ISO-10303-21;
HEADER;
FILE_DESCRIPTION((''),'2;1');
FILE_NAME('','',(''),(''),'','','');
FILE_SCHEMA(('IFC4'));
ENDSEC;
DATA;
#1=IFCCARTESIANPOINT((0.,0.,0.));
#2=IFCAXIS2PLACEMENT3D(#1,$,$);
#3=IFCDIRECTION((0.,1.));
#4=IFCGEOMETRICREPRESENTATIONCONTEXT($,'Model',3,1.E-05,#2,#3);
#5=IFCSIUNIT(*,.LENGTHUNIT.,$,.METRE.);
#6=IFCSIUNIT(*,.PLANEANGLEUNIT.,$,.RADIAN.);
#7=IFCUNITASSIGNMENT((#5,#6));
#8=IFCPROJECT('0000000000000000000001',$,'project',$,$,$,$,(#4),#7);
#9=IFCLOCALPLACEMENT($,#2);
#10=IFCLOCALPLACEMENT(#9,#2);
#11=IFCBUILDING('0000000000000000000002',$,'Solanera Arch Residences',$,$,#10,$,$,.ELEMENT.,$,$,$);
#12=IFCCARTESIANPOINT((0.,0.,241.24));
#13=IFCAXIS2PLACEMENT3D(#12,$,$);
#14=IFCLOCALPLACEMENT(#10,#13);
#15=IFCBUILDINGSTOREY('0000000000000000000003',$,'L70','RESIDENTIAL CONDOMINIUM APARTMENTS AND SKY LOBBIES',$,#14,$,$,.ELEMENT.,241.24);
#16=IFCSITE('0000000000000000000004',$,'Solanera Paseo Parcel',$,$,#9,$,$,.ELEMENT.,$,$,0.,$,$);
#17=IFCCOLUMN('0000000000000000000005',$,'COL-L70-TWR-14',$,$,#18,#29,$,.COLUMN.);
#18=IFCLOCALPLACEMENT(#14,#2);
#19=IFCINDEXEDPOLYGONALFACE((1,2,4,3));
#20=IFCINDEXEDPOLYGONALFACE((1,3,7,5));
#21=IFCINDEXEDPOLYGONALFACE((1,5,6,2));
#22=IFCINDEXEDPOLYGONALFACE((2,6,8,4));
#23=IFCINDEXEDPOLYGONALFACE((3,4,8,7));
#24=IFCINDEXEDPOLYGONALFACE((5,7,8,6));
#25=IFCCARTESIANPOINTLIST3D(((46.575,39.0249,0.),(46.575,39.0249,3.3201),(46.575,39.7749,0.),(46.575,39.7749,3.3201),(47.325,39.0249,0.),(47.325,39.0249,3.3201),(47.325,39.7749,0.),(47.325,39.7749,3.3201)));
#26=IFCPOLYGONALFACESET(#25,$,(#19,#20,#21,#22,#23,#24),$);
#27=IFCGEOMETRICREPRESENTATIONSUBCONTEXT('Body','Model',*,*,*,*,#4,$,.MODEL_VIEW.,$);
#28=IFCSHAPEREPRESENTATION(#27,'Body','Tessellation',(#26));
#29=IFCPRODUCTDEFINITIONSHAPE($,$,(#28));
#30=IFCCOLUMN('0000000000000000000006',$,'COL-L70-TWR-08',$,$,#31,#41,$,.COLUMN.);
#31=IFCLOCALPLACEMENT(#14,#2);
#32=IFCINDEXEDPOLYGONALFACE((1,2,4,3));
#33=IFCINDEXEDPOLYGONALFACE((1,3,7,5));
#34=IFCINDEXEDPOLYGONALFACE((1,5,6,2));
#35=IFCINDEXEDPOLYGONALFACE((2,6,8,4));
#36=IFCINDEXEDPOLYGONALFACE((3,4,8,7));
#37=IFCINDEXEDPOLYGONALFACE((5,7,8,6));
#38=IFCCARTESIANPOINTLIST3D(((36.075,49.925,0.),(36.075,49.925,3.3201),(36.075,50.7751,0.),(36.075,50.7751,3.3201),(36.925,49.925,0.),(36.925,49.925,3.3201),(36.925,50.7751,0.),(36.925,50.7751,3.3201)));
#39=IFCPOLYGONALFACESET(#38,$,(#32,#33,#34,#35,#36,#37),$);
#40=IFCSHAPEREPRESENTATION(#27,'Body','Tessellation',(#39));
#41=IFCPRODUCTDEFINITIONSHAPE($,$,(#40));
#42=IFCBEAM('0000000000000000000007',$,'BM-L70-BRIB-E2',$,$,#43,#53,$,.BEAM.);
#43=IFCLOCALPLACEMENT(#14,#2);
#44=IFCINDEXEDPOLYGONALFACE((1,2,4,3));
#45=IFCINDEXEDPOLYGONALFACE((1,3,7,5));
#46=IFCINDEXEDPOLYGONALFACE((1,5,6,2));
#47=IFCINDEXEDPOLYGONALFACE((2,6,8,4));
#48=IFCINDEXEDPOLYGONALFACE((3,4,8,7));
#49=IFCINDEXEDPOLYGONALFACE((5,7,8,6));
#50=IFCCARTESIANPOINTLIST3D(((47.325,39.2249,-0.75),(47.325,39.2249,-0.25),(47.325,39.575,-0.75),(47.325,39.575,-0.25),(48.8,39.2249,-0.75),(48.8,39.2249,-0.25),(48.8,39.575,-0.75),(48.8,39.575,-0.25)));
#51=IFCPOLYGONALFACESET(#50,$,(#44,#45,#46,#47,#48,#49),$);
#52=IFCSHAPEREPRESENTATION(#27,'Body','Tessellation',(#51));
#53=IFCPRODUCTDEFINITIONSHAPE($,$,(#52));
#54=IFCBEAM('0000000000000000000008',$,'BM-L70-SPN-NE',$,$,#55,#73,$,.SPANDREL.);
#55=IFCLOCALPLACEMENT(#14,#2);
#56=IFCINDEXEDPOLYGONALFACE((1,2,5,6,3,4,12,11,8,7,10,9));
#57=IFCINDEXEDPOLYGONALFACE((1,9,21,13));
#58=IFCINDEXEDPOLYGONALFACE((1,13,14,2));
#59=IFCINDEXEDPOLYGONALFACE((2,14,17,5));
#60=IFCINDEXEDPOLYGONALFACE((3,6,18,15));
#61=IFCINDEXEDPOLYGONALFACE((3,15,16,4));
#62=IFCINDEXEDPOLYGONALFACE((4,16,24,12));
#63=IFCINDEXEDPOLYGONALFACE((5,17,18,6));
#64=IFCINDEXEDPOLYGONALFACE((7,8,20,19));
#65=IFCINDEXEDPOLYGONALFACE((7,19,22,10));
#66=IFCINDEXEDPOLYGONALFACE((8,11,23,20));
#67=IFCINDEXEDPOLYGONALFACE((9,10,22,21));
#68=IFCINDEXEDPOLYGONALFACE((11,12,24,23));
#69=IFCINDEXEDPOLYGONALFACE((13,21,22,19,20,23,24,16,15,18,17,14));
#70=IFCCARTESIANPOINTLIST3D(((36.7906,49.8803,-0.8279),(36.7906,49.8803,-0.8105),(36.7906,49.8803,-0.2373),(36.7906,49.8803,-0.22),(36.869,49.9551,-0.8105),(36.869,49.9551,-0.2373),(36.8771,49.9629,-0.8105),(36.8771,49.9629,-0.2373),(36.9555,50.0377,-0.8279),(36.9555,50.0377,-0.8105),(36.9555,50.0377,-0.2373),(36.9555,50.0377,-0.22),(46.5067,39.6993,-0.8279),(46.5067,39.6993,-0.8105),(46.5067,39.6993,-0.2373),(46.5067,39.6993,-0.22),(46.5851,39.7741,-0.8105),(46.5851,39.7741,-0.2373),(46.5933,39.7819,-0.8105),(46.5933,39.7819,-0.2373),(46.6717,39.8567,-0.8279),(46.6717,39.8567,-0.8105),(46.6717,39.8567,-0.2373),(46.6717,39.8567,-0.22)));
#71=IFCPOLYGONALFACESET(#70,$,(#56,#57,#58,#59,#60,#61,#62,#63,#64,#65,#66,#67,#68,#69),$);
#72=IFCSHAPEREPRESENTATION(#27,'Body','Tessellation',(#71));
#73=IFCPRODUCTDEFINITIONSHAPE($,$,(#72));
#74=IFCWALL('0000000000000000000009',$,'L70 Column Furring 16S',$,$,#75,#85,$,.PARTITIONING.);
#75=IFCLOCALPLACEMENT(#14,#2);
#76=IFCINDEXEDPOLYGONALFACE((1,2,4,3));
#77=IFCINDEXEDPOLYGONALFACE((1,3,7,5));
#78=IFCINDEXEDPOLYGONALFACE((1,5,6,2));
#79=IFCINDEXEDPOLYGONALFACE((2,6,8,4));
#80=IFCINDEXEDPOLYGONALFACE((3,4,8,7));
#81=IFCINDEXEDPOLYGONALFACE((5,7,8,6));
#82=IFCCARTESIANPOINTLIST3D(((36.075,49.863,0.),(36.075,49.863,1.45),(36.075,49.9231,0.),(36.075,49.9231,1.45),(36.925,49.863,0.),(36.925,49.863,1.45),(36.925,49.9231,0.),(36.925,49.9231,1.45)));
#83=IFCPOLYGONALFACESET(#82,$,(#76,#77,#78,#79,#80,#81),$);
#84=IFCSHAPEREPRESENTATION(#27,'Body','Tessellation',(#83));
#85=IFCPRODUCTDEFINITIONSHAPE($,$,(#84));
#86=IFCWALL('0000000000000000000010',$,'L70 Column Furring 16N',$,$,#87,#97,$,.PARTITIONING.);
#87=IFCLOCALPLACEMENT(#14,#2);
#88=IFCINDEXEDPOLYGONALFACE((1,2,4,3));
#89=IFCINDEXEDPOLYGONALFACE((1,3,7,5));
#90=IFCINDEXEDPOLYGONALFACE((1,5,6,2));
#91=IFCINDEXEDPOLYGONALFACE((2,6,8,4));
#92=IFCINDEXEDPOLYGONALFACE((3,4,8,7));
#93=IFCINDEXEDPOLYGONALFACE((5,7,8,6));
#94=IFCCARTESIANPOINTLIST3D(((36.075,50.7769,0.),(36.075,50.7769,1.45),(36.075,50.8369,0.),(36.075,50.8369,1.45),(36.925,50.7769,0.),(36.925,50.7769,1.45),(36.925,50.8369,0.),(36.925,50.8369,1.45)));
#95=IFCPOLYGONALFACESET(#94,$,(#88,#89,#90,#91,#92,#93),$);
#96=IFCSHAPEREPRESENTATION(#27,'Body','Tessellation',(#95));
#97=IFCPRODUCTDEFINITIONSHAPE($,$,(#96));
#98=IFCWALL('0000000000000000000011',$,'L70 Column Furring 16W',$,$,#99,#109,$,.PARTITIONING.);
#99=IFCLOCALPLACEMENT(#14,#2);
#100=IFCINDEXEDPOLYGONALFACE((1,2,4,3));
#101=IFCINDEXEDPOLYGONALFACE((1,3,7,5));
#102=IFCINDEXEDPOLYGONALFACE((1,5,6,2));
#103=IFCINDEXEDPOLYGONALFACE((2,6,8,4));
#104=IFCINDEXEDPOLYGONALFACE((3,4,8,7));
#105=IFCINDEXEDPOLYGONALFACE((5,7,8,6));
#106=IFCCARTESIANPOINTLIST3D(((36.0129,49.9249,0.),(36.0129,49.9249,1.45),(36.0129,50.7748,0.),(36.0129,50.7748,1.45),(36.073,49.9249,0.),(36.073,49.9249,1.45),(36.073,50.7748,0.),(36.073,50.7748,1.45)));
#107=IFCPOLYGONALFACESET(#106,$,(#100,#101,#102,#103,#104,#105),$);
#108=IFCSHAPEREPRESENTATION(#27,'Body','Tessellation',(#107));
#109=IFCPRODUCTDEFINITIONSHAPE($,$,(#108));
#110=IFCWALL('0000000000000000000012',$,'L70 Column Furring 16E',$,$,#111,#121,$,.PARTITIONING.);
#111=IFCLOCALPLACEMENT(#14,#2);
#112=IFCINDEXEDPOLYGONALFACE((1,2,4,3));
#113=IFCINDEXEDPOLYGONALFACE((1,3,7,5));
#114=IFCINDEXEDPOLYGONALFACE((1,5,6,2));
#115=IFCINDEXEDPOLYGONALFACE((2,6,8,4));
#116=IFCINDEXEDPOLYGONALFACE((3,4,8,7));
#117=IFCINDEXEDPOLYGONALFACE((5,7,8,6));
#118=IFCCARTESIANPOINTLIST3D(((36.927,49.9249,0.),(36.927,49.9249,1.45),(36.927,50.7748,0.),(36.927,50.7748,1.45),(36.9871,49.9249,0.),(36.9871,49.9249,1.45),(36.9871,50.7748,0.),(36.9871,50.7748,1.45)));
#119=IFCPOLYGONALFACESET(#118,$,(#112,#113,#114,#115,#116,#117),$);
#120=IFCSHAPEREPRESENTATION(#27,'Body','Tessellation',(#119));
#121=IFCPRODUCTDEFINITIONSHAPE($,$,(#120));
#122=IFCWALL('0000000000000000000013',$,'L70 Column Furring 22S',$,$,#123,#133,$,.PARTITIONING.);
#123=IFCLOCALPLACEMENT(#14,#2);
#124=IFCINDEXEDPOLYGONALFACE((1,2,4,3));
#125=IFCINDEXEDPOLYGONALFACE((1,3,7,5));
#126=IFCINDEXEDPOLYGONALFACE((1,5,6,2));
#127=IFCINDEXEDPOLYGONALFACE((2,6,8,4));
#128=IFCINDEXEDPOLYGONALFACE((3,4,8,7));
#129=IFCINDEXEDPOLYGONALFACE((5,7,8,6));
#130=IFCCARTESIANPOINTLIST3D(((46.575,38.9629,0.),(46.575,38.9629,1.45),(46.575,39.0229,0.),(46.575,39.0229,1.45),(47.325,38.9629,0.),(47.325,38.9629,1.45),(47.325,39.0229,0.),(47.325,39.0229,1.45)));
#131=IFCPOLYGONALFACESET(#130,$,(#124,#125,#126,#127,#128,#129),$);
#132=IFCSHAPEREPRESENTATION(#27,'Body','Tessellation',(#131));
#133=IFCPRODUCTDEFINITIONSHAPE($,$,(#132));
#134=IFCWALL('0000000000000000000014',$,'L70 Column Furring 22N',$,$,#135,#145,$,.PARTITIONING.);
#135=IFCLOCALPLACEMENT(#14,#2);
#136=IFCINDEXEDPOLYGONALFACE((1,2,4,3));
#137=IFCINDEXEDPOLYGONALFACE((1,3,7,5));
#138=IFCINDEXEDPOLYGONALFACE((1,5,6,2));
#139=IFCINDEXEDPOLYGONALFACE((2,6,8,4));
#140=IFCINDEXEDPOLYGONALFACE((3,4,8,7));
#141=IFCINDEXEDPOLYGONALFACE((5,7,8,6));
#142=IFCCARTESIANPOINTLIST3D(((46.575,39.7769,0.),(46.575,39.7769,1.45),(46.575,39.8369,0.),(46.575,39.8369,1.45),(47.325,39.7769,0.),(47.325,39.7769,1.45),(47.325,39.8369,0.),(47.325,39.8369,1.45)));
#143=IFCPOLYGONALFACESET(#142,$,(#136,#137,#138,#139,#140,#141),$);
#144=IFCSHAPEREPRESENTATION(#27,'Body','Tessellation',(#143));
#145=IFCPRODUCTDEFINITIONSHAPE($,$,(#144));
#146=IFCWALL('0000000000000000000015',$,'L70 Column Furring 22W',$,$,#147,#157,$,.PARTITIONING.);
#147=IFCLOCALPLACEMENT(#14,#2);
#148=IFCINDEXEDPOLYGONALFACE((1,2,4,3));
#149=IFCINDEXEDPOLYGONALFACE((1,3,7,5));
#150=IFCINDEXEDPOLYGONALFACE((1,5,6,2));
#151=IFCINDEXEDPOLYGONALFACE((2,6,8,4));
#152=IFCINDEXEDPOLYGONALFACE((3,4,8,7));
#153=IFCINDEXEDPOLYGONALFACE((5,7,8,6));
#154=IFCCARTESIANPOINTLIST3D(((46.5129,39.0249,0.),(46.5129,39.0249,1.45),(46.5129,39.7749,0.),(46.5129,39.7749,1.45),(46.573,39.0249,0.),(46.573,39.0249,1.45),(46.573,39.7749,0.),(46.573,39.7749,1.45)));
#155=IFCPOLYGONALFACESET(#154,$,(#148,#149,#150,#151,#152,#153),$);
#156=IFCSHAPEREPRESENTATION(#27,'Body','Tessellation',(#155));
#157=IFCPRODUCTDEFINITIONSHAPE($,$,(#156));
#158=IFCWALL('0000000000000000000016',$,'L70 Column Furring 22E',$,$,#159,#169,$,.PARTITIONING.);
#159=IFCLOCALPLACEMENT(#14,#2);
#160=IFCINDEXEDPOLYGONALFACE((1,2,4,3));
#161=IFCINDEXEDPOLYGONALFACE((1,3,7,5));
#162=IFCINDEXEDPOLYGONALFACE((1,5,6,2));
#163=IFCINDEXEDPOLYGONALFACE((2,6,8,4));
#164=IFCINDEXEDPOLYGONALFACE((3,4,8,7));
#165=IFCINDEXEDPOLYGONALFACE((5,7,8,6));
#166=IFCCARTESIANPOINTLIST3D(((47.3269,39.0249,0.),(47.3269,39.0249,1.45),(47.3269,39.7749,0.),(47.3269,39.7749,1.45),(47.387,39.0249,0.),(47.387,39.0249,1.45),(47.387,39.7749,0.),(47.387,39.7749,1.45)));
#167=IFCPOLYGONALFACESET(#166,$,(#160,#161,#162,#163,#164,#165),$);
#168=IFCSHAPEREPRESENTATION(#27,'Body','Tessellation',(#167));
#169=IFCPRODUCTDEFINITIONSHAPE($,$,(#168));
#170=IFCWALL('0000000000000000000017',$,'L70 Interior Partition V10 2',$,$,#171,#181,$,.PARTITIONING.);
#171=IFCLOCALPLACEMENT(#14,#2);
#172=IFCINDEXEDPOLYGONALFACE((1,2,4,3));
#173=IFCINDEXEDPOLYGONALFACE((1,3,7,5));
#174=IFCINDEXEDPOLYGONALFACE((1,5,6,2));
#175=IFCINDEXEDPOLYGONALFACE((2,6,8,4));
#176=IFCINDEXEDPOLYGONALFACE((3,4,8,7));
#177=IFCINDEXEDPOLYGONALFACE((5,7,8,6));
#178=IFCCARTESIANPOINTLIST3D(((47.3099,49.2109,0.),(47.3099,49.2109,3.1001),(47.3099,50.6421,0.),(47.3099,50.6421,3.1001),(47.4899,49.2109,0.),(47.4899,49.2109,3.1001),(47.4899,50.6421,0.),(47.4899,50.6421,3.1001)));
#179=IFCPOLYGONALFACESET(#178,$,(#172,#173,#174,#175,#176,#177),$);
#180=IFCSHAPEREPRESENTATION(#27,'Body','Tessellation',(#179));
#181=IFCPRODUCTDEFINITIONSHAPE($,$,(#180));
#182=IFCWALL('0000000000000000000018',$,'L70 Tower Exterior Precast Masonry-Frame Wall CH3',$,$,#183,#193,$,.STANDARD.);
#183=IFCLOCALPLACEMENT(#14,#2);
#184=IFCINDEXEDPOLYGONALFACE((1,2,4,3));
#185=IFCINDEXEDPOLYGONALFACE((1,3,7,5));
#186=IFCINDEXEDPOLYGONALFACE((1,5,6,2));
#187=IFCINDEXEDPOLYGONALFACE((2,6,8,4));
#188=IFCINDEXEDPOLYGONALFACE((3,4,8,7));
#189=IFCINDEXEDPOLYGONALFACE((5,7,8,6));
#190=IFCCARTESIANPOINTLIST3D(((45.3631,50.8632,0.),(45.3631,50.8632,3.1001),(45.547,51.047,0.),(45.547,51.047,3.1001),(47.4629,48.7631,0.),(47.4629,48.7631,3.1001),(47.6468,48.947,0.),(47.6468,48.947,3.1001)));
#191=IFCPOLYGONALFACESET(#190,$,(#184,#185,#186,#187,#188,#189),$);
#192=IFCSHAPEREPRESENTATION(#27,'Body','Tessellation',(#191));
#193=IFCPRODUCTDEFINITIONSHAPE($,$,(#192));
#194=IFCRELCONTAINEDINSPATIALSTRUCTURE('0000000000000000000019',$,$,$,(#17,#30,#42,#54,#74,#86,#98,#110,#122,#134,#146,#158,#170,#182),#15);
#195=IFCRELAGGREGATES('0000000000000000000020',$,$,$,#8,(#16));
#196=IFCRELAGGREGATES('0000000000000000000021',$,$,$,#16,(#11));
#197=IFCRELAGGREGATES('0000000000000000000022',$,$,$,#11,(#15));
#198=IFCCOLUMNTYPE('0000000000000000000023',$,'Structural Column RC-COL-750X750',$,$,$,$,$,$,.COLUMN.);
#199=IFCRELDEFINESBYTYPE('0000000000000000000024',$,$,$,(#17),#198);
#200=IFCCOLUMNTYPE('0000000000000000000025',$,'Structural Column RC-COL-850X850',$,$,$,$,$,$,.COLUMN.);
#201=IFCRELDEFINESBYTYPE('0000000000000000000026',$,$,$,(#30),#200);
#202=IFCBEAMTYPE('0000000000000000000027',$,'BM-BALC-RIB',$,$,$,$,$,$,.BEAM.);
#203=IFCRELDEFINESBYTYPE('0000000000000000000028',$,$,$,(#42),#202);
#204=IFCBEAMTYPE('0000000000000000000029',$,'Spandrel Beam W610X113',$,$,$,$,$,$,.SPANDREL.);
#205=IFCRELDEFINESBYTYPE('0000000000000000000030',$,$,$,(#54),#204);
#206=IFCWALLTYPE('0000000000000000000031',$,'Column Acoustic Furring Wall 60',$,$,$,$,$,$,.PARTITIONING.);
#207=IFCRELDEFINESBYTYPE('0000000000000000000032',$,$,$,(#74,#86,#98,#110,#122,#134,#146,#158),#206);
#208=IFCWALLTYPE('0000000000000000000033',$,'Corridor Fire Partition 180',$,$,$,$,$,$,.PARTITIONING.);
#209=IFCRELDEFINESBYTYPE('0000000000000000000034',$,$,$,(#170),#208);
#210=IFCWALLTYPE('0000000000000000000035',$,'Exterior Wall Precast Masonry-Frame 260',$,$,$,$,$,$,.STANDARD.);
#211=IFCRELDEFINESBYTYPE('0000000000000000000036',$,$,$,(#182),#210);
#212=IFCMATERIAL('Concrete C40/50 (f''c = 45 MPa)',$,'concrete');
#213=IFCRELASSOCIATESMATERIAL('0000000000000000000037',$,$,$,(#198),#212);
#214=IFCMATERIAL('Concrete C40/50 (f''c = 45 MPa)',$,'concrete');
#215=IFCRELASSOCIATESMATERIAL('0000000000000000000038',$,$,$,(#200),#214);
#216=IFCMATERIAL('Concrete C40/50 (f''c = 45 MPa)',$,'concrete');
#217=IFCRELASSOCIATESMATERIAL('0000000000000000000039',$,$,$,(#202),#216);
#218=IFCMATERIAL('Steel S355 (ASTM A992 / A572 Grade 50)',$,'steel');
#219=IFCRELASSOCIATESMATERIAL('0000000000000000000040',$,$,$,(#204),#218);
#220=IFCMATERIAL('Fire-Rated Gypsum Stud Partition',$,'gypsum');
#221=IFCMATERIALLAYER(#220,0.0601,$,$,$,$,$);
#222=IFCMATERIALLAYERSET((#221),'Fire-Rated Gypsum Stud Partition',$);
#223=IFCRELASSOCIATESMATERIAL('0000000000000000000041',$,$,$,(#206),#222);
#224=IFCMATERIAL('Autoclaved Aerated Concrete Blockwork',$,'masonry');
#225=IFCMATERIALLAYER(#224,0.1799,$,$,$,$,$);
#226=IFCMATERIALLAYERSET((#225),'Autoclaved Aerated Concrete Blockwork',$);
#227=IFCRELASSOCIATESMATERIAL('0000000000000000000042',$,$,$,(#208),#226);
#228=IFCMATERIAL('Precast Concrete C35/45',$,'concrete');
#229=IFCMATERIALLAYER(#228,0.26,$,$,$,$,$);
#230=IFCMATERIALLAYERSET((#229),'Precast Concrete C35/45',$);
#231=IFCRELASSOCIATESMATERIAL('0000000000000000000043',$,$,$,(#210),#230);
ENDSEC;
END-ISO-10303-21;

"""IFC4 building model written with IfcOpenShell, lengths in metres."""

from ifc_helpers import new_model, si_unit, direction, frame, frame_2d, origin, origin_2d, place, context, subcontext, project, spatial, rectangle, i_section, extrude, material, layer, layer_set, material_profile, profile_set, type_object, element, save


model = new_model("IFC4")

# Units and contexts
model_context = context("Model", 3, precision=1e-05, world=origin(), true_north=direction((0.0, 1.0)))
body_context = subcontext(model_context, "Body", "Model", "MODEL_VIEW")
ifc_project = project(units=[si_unit("LENGTHUNIT", "METRE"), si_unit("PLANEANGLEUNIT", "RADIAN")], contexts=[model_context])

# Site, building, storey
site_placement = place(None, origin())
site = spatial("IfcSite", under=ifc_project, at=site_placement, Name="Solanera Paseo Parcel", CompositionType="ELEMENT", RefElevation=0.0)
building_placement = place(site_placement, origin())
building = spatial("IfcBuilding", under=site, at=building_placement, Name="Solanera Arch Residences", CompositionType="ELEMENT")
storey_placement = place(building_placement, frame((0.0, 0.0, 241.24)))
storey = spatial("IfcBuildingStorey", under=building, at=storey_placement, Name="L70", Description="RESIDENTIAL CONDOMINIUM APARTMENTS AND SKY LOBBIES", CompositionType="ELEMENT", Elevation=241.24)

# Columns
ifc_material_1 = material(Name="Concrete C40/50 (f'c = 45 MPa)", Category="concrete")
ifc_material_profile_1 = material_profile(ifc_material_1, rectangle(XDim=0.75, YDim=0.75, at=origin_2d()))
ifc_profile_set_1 = profile_set([ifc_material_profile_1], Name="Concrete C40/50 (f'c = 45 MPa)")
column_type_1 = type_object("IfcColumnType", Name="Structural Column RC-COL-750X750", PredefinedType="COLUMN", material=ifc_profile_set_1)
column_1_placement = place(storey_placement, frame((46.95, 39.3999, 0.0), z_axis=(0.0, 0.0, 1.0), x_axis=(1.0, 0.0, 0.0)))
element("IfcColumn", 1, at=column_1_placement, inside=storey, type_object=column_type_1, Name="COL-L70-TWR-14", PredefinedType="COLUMN", context=body_context, shape_type="SweptSolid", body=[
    extrude(rectangle(XDim=0.75, YDim=0.75, at=origin_2d()), origin(), (0.0, 0.0, 1.0), 3.3201),
])
ifc_material_2 = material(Name="Concrete C40/50 (f'c = 45 MPa)", Category="concrete")
ifc_material_profile_2 = material_profile(ifc_material_2, rectangle(XDim=0.8501, YDim=0.8501, at=origin_2d()))
ifc_profile_set_2 = profile_set([ifc_material_profile_2], Name="Concrete C40/50 (f'c = 45 MPa)")
column_type_2 = type_object("IfcColumnType", Name="Structural Column RC-COL-850X850", PredefinedType="COLUMN", material=ifc_profile_set_2)
column_2_placement = place(storey_placement, frame((36.5, 50.3501, 0.0), z_axis=(0.0, 0.0, 1.0), x_axis=(1.0, 0.0, 0.0)))
element("IfcColumn", 2, at=column_2_placement, inside=storey, type_object=column_type_2, Name="COL-L70-TWR-08", PredefinedType="COLUMN", context=body_context, shape_type="SweptSolid", body=[
    extrude(rectangle(XDim=0.8501, YDim=0.8501, at=origin_2d()), origin(), (0.0, 0.0, 1.0), 3.3201),
])

# Beams
ifc_material_3 = material(Name="Concrete C40/50 (f'c = 45 MPa)", Category="concrete")
ifc_material_profile_3 = material_profile(ifc_material_3, rectangle(XDim=0.3501, YDim=0.5, at=origin_2d()))
ifc_profile_set_3 = profile_set([ifc_material_profile_3], Name="Concrete C40/50 (f'c = 45 MPa)")
beam_type_1 = type_object("IfcBeamType", Name="BM-BALC-RIB", PredefinedType="BEAM", material=ifc_profile_set_3)
beam_1_placement = place(storey_placement, frame((47.325, 39.3999, -0.5), z_axis=(1.0, 0.0, 0.0), x_axis=(0.0, 1.0, 0.0)))
element("IfcBeam", 3, at=beam_1_placement, inside=storey, type_object=beam_type_1, Name="BM-L70-BRIB-E2", PredefinedType="BEAM", context=body_context, shape_type="SweptSolid", body=[
    extrude(rectangle(XDim=0.3501, YDim=0.5, at=origin_2d()), origin(), (0.0, 0.0, 1.0), 1.4751),
])
ifc_material_4 = material(Name="Steel S355 (ASTM A992 / A572 Grade 50)", Category="steel")
ifc_material_profile_4 = material_profile(ifc_material_4, i_section(OverallWidth=0.228, OverallDepth=0.6079, WebThickness=0.0112, FlangeThickness=0.0173, at=origin_2d()))
ifc_profile_set_4 = profile_set([ifc_material_profile_4], Name="Steel S355 (ASTM A992 / A572 Grade 50)")
beam_type_2 = type_object("IfcBeamType", Name="Spandrel Beam W610X113", PredefinedType="SPANDREL", material=ifc_profile_set_4)
beam_2_placement = place(storey_placement, frame((36.873, 49.959, -0.5239), z_axis=(0.690399, -0.723429, 0.0), x_axis=(0.723429, 0.690399, 0.0)))
element("IfcBeam", 4, at=beam_2_placement, inside=storey, type_object=beam_type_2, Name="BM-L70-SPN-NE", PredefinedType="SPANDREL", context=body_context, shape_type="SweptSolid", body=[
    extrude(i_section(OverallWidth=0.228, OverallDepth=0.6079, WebThickness=0.0112, FlangeThickness=0.0173, at=origin_2d()), origin(), (0.0, 0.0, 1.0), 14.0732),
])

# Walls
ifc_material_5 = material(Name="Fire-Rated Gypsum Stud Partition", Category="gypsum")
ifc_layer_1 = layer(ifc_material_5, 0.0601)
ifc_layer_set_1 = layer_set([ifc_layer_1], Name="Fire-Rated Gypsum Stud Partition")
wall_type_1 = type_object("IfcWallType", Name="Column Acoustic Furring Wall 60", PredefinedType="PARTITIONING", material=ifc_layer_set_1)
for number, where, z_axis, x_axis, name in (
    (5, (36.075, 49.8931, 0.0), (0.0, 0.0, 1.0), (1.0, 0.0, 0.0), "L70 Column Furring 16S"),
    (6, (36.075, 50.8069, 0.0), (0.0, 0.0, 1.0), (1.0, 0.0, 0.0), "L70 Column Furring 16N"),
):
    element("IfcWall", number, at=place(storey_placement, frame(where, z_axis=z_axis, x_axis=x_axis)), inside=storey, type_object=wall_type_1, Name=name, PredefinedType="PARTITIONING", context=body_context, shape_type="SweptSolid", body=[
        extrude(rectangle(XDim=0.8501, YDim=0.0601, at=frame_2d((0.425, 0.0))), origin(), (0.0, 0.0, 1.0), 1.45),
    ])
for number, where, z_axis, x_axis, name in (
    (7, (36.043, 49.925, 0.0), (0.0, 0.0, 1.0), (0.0, 1.0, 0.0), "L70 Column Furring 16W"),
    (8, (36.957, 49.925, 0.0), (0.0, 0.0, 1.0), (0.0, 1.0, 0.0), "L70 Column Furring 16E"),
):
    element("IfcWall", number, at=place(storey_placement, frame(where, z_axis=z_axis, x_axis=x_axis)), inside=storey, type_object=wall_type_1, Name=name, PredefinedType="PARTITIONING", context=body_context, shape_type="SweptSolid", body=[
        extrude(rectangle(XDim=0.8499, YDim=0.0601, at=frame_2d((0.4248, 0.0))), origin(), (0.0, 0.0, 1.0), 1.45),
    ])
for number, where, z_axis, x_axis, name in (
    (9, (46.575, 38.9929, 0.0), (0.0, 0.0, 1.0), (1.0, 0.0, 0.0), "L70 Column Furring 22S"),
    (10, (46.575, 39.8069, 0.0), (0.0, 0.0, 1.0), (1.0, 0.0, 0.0), "L70 Column Furring 22N"),
    (11, (46.543, 39.0249, 0.0), (0.0, 0.0, 1.0), (0.0, 1.0, 0.0), "L70 Column Furring 22W"),
    (12, (47.3569, 39.0249, 0.0), (0.0, 0.0, 1.0), (0.0, 1.0, 0.0), "L70 Column Furring 22E"),
):
    element("IfcWall", number, at=place(storey_placement, frame(where, z_axis=z_axis, x_axis=x_axis)), inside=storey, type_object=wall_type_1, Name=name, PredefinedType="PARTITIONING", context=body_context, shape_type="SweptSolid", body=[
        extrude(rectangle(XDim=0.75, YDim=0.0601, at=frame_2d((0.375, 0.0))), origin(), (0.0, 0.0, 1.0), 1.45),
    ])
ifc_material_6 = material(Name="Autoclaved Aerated Concrete Blockwork", Category="masonry")
ifc_layer_2 = layer(ifc_material_6, 0.1799)
ifc_layer_set_2 = layer_set([ifc_layer_2], Name="Autoclaved Aerated Concrete Blockwork")
wall_type_2 = type_object("IfcWallType", Name="Corridor Fire Partition 180", PredefinedType="PARTITIONING", material=ifc_layer_set_2)
wall_1_placement = place(storey_placement, frame((47.3999, 49.2109, 0.0), z_axis=(0.0, 0.0, 1.0), x_axis=(0.0, 1.0, 0.0)))
element("IfcWall", 13, at=wall_1_placement, inside=storey, type_object=wall_type_2, Name="L70 Interior Partition V10 2", PredefinedType="PARTITIONING", context=body_context, shape_type="SweptSolid", body=[
    extrude(rectangle(XDim=1.4312, YDim=0.1799, at=frame_2d((0.7156, 0.0))), origin(), (0.0, 0.0, 1.0), 3.1001),
])
ifc_material_7 = material(Name="Precast Concrete C35/45", Category="concrete")
ifc_layer_3 = layer(ifc_material_7, 0.26)
ifc_layer_set_3 = layer_set([ifc_layer_3], Name="Precast Concrete C35/45")
wall_type_3 = type_object("IfcWallType", Name="Exterior Wall Precast Masonry-Frame 260", PredefinedType="STANDARD", material=ifc_layer_set_3)
wall_2_placement = place(storey_placement, frame((45.4551, 50.9551, 0.0), z_axis=(0.0, 0.0, 1.0), x_axis=(0.707066, -0.707148, 0.0)))
element("IfcWall", 14, at=wall_2_placement, inside=storey, type_object=wall_type_3, Name="L70 Tower Exterior Precast Masonry-Frame Wall CH3", PredefinedType="STANDARD", context=body_context, shape_type="SweptSolid", body=[
    extrude(rectangle(XDim=2.9697, YDim=0.26, at=frame_2d((1.4849, 0.0))), origin(), (0.0, 0.0, 1.0), 3.1001),
])

save(model, "model.ifc")
